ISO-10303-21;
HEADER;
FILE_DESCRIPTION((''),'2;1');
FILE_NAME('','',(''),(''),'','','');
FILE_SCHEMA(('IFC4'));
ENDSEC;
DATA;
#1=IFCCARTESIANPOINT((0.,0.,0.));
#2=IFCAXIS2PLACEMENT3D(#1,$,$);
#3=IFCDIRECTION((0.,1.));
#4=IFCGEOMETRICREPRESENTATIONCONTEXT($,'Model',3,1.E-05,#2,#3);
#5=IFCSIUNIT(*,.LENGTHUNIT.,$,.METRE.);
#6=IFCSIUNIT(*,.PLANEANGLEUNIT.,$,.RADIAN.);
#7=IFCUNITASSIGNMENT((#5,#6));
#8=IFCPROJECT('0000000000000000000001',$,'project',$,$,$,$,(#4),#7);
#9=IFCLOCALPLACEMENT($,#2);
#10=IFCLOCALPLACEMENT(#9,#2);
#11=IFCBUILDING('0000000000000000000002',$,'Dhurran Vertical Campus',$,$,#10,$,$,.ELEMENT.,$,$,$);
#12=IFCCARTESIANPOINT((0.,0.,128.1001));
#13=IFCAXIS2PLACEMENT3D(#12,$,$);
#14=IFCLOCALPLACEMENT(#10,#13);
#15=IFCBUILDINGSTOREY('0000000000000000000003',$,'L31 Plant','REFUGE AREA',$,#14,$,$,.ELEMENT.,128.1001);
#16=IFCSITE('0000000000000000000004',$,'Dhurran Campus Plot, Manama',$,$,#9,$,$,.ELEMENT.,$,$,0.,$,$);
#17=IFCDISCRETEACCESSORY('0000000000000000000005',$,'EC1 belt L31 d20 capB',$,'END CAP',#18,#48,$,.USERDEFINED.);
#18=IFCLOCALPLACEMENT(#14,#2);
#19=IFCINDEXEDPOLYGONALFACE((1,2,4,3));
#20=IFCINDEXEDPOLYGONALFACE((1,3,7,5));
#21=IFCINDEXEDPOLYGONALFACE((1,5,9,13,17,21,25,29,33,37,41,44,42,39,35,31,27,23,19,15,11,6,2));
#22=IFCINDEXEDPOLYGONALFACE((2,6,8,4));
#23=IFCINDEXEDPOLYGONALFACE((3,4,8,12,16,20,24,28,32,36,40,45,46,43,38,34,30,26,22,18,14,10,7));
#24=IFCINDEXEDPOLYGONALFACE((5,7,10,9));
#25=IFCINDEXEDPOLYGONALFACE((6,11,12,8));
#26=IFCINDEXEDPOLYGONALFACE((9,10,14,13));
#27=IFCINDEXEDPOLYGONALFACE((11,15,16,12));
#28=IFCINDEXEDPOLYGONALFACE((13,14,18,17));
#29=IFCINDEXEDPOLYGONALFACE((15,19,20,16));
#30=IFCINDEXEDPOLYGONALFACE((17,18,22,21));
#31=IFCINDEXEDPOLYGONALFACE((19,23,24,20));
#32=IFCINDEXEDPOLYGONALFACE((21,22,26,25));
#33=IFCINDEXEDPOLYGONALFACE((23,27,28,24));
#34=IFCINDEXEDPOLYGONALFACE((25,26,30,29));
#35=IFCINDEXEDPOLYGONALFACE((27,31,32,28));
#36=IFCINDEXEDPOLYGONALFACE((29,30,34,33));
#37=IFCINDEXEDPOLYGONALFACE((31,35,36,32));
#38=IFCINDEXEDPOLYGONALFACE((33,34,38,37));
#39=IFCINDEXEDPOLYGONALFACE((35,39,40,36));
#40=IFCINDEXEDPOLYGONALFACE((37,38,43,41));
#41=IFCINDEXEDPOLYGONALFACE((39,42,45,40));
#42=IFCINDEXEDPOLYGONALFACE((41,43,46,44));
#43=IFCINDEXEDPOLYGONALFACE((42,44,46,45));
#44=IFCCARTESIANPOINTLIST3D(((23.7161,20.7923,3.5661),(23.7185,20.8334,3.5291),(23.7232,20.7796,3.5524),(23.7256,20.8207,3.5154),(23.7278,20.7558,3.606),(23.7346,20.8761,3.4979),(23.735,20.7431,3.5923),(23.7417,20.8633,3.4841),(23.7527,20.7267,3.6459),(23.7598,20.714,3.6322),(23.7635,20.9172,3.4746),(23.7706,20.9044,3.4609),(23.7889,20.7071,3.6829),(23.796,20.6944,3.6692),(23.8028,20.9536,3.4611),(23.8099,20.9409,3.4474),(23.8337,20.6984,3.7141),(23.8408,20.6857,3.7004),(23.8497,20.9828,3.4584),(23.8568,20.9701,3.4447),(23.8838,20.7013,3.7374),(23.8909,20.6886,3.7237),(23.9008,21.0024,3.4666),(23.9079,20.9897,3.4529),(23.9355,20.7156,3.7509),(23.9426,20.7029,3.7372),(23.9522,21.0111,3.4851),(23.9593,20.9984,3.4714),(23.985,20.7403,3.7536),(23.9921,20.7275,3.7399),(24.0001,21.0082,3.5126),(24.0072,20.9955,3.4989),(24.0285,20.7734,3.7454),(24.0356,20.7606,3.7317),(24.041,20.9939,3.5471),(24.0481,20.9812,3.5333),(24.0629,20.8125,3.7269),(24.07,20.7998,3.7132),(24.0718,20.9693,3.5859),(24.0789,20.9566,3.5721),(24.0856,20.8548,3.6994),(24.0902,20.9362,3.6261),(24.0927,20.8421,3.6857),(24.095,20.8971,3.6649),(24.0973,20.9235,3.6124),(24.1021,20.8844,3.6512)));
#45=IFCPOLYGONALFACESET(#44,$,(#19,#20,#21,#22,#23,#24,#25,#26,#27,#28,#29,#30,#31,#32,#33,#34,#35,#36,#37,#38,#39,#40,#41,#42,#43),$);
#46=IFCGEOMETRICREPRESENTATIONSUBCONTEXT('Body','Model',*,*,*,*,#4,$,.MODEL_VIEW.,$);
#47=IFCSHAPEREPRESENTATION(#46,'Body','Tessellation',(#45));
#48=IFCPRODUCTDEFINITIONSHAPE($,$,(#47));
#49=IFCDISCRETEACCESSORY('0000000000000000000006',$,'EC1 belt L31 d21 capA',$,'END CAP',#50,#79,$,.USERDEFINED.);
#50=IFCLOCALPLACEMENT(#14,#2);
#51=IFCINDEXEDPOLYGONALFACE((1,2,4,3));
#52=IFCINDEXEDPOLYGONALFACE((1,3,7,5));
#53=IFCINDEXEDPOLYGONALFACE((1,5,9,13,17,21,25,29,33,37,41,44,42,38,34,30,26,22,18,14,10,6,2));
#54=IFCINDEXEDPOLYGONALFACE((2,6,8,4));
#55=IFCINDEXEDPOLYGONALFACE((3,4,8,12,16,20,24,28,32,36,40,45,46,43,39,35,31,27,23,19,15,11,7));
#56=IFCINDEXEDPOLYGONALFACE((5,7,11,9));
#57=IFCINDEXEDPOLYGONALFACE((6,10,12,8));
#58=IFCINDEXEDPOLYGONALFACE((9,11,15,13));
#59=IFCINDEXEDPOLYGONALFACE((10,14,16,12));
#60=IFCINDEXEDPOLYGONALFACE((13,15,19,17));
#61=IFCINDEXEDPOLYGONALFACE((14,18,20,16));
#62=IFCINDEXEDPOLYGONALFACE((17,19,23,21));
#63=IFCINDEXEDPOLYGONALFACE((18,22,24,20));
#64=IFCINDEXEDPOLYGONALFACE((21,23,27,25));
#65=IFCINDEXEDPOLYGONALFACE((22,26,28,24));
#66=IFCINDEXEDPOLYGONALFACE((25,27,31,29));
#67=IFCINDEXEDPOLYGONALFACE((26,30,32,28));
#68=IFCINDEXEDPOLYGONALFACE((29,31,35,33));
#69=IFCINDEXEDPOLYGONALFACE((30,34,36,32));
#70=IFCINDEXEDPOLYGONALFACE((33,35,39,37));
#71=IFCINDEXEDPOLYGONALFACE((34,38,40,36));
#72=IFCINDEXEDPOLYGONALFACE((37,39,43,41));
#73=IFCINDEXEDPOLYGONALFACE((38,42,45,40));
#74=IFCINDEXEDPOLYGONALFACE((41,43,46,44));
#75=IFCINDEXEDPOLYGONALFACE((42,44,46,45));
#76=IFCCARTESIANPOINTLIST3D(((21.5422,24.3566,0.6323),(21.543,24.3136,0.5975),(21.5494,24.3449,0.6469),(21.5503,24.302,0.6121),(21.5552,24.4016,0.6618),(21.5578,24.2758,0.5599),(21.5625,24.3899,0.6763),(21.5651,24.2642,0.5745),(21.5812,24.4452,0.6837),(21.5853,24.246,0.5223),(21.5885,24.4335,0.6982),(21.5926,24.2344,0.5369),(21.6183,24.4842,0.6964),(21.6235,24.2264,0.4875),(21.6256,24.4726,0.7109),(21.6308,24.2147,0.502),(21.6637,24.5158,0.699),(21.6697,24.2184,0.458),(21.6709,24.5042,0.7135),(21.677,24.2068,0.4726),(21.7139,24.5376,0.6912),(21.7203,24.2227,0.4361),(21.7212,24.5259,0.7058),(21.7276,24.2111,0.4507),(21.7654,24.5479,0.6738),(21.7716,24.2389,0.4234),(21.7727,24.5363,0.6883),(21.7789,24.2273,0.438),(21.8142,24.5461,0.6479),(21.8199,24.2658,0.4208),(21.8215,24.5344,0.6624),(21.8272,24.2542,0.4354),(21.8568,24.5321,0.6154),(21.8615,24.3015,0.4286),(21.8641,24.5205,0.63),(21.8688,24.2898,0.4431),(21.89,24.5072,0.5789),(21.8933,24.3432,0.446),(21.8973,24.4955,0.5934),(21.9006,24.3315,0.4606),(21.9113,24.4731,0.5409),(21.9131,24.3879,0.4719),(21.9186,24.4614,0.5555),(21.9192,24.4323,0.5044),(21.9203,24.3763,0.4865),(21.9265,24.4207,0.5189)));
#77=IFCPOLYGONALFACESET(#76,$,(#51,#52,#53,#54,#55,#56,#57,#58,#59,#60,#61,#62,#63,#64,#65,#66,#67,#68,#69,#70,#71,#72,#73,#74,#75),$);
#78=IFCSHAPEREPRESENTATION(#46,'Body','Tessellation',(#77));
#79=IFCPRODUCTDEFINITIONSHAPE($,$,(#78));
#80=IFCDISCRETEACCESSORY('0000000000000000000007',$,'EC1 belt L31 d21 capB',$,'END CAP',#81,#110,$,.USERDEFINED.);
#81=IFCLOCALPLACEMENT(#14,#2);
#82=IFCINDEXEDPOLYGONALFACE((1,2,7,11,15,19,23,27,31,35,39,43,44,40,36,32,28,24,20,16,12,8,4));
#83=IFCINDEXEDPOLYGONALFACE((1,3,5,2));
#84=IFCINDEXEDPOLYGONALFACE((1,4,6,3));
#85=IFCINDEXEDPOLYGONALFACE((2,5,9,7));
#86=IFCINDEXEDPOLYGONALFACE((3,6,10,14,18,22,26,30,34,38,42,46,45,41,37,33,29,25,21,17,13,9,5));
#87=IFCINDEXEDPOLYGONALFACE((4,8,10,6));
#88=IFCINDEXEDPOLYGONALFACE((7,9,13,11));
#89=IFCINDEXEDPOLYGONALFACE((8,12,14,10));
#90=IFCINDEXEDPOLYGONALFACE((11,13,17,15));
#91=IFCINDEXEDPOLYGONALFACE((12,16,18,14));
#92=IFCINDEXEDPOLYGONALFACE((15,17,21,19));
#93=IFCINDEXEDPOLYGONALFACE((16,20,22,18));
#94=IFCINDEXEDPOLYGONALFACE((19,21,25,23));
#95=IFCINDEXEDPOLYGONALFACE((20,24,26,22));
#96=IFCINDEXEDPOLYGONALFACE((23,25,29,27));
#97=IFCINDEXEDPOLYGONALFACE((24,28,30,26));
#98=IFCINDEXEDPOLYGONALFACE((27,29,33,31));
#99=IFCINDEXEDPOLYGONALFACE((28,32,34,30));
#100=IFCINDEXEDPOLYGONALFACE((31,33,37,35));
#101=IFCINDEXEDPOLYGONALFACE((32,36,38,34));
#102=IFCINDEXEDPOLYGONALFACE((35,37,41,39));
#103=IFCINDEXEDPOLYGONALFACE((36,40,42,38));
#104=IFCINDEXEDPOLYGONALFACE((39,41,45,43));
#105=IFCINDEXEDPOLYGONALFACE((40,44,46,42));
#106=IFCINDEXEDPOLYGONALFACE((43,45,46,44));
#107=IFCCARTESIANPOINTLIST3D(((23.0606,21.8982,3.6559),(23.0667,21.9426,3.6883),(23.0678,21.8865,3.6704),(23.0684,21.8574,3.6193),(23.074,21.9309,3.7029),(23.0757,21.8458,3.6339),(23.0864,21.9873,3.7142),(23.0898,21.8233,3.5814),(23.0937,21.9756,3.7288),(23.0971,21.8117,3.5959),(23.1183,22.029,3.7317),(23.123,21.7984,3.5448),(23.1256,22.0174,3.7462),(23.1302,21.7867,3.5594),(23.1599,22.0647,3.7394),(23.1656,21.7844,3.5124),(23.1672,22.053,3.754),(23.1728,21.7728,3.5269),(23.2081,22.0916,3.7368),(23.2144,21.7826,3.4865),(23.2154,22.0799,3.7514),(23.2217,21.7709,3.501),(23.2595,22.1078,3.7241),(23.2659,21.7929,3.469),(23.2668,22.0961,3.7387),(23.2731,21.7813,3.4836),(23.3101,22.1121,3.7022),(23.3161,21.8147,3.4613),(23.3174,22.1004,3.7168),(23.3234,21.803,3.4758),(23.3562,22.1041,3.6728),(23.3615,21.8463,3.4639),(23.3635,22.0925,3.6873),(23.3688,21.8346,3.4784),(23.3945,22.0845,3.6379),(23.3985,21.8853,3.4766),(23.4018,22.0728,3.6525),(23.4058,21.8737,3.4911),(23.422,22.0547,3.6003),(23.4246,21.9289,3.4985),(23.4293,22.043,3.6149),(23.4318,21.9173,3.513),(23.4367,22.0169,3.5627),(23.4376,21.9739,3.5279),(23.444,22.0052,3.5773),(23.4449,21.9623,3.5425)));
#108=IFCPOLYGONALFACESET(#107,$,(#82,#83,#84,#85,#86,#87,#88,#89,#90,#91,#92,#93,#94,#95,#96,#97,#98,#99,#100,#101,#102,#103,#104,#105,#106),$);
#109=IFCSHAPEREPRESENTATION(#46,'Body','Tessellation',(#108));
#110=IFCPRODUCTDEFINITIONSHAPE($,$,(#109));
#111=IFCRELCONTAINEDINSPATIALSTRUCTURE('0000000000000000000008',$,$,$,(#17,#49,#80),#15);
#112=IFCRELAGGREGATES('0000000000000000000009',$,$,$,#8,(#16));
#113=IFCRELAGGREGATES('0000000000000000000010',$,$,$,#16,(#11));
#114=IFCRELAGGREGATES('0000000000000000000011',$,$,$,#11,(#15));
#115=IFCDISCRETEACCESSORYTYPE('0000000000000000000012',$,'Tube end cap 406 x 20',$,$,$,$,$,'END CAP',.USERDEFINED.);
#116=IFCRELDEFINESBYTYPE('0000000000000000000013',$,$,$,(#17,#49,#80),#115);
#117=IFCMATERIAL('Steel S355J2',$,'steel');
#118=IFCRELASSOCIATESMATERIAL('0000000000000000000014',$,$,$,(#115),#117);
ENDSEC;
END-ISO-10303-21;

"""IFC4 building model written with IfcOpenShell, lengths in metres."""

from ifc_helpers import new_model, si_unit, direction, frame, origin, origin_2d, place, context, subcontext, project, spatial, circle, extrude, material, material_profile, profile_set, type_object, element, save


model = new_model("IFC4")

# Units and contexts
model_context = context("Model", 3, precision=1e-05, world=origin(), true_north=direction((0.0, 1.0)))
body_context = subcontext(model_context, "Body", "Model", "MODEL_VIEW")
ifc_project = project(units=[si_unit("LENGTHUNIT", "METRE"), si_unit("PLANEANGLEUNIT", "RADIAN")], contexts=[model_context])

# Site, building, storey
site_placement = place(None, origin())
site = spatial("IfcSite", under=ifc_project, at=site_placement, Name="Dhurran Campus Plot, Manama", CompositionType="ELEMENT", RefElevation=0.0)
building_placement = place(site_placement, origin())
building = spatial("IfcBuilding", under=site, at=building_placement, Name="Dhurran Vertical Campus", CompositionType="ELEMENT")
storey_placement = place(building_placement, frame((0.0, 0.0, 128.1001)))
storey = spatial("IfcBuildingStorey", under=building, at=storey_placement, Name="L31 Plant", Description="REFUGE AREA", CompositionType="ELEMENT", Elevation=128.1001)

# Discrete accessories
ifc_material_1 = material(Name="Steel S355J2", Category="steel")
ifc_material_profile_1 = material_profile(ifc_material_1, circle(Radius=0.2031, at=origin_2d()), Name="Tube end cap 406 x 20")
ifc_profile_set_1 = profile_set([ifc_material_profile_1], Name="Steel S355J2")
discrete_accessory_type = type_object("IfcDiscreteAccessoryType", Name="Tube end cap 406 x 20", ElementType="END CAP", PredefinedType="USERDEFINED", material=ifc_profile_set_1)
for number, where, z_axis, x_axis, name in (
    (1, (23.9124, 20.842, 3.5923), (-0.354795, 0.636184, 0.685121), (-0.873364, -0.487068, 0.0), "EC1 belt L31 d20 capB"),
    (2, (21.7373, 24.3718, 0.5745), (-0.363696, 0.581914, -0.727393), (-0.847998, -0.529999, 0.0), "EC1 belt L31 d21 capA"),
    (3, (23.2498, 21.947, 3.6003), (0.363696, -0.581914, 0.727393), (0.847998, 0.529999, 0.0), "EC1 belt L31 d21 capB"),
):
    element("IfcDiscreteAccessory", number, at=place(storey_placement, frame(where, z_axis=z_axis, x_axis=x_axis)), inside=storey, type_object=discrete_accessory_type, Name=name, ObjectType="END CAP", PredefinedType="USERDEFINED", context=body_context, shape_type="SweptSolid", body=[
        extrude(circle(Radius=0.2031, at=origin_2d()), origin(), (0.0, 0.0, 1.0), 0.02),
    ])

save(model, "model.ifc")
